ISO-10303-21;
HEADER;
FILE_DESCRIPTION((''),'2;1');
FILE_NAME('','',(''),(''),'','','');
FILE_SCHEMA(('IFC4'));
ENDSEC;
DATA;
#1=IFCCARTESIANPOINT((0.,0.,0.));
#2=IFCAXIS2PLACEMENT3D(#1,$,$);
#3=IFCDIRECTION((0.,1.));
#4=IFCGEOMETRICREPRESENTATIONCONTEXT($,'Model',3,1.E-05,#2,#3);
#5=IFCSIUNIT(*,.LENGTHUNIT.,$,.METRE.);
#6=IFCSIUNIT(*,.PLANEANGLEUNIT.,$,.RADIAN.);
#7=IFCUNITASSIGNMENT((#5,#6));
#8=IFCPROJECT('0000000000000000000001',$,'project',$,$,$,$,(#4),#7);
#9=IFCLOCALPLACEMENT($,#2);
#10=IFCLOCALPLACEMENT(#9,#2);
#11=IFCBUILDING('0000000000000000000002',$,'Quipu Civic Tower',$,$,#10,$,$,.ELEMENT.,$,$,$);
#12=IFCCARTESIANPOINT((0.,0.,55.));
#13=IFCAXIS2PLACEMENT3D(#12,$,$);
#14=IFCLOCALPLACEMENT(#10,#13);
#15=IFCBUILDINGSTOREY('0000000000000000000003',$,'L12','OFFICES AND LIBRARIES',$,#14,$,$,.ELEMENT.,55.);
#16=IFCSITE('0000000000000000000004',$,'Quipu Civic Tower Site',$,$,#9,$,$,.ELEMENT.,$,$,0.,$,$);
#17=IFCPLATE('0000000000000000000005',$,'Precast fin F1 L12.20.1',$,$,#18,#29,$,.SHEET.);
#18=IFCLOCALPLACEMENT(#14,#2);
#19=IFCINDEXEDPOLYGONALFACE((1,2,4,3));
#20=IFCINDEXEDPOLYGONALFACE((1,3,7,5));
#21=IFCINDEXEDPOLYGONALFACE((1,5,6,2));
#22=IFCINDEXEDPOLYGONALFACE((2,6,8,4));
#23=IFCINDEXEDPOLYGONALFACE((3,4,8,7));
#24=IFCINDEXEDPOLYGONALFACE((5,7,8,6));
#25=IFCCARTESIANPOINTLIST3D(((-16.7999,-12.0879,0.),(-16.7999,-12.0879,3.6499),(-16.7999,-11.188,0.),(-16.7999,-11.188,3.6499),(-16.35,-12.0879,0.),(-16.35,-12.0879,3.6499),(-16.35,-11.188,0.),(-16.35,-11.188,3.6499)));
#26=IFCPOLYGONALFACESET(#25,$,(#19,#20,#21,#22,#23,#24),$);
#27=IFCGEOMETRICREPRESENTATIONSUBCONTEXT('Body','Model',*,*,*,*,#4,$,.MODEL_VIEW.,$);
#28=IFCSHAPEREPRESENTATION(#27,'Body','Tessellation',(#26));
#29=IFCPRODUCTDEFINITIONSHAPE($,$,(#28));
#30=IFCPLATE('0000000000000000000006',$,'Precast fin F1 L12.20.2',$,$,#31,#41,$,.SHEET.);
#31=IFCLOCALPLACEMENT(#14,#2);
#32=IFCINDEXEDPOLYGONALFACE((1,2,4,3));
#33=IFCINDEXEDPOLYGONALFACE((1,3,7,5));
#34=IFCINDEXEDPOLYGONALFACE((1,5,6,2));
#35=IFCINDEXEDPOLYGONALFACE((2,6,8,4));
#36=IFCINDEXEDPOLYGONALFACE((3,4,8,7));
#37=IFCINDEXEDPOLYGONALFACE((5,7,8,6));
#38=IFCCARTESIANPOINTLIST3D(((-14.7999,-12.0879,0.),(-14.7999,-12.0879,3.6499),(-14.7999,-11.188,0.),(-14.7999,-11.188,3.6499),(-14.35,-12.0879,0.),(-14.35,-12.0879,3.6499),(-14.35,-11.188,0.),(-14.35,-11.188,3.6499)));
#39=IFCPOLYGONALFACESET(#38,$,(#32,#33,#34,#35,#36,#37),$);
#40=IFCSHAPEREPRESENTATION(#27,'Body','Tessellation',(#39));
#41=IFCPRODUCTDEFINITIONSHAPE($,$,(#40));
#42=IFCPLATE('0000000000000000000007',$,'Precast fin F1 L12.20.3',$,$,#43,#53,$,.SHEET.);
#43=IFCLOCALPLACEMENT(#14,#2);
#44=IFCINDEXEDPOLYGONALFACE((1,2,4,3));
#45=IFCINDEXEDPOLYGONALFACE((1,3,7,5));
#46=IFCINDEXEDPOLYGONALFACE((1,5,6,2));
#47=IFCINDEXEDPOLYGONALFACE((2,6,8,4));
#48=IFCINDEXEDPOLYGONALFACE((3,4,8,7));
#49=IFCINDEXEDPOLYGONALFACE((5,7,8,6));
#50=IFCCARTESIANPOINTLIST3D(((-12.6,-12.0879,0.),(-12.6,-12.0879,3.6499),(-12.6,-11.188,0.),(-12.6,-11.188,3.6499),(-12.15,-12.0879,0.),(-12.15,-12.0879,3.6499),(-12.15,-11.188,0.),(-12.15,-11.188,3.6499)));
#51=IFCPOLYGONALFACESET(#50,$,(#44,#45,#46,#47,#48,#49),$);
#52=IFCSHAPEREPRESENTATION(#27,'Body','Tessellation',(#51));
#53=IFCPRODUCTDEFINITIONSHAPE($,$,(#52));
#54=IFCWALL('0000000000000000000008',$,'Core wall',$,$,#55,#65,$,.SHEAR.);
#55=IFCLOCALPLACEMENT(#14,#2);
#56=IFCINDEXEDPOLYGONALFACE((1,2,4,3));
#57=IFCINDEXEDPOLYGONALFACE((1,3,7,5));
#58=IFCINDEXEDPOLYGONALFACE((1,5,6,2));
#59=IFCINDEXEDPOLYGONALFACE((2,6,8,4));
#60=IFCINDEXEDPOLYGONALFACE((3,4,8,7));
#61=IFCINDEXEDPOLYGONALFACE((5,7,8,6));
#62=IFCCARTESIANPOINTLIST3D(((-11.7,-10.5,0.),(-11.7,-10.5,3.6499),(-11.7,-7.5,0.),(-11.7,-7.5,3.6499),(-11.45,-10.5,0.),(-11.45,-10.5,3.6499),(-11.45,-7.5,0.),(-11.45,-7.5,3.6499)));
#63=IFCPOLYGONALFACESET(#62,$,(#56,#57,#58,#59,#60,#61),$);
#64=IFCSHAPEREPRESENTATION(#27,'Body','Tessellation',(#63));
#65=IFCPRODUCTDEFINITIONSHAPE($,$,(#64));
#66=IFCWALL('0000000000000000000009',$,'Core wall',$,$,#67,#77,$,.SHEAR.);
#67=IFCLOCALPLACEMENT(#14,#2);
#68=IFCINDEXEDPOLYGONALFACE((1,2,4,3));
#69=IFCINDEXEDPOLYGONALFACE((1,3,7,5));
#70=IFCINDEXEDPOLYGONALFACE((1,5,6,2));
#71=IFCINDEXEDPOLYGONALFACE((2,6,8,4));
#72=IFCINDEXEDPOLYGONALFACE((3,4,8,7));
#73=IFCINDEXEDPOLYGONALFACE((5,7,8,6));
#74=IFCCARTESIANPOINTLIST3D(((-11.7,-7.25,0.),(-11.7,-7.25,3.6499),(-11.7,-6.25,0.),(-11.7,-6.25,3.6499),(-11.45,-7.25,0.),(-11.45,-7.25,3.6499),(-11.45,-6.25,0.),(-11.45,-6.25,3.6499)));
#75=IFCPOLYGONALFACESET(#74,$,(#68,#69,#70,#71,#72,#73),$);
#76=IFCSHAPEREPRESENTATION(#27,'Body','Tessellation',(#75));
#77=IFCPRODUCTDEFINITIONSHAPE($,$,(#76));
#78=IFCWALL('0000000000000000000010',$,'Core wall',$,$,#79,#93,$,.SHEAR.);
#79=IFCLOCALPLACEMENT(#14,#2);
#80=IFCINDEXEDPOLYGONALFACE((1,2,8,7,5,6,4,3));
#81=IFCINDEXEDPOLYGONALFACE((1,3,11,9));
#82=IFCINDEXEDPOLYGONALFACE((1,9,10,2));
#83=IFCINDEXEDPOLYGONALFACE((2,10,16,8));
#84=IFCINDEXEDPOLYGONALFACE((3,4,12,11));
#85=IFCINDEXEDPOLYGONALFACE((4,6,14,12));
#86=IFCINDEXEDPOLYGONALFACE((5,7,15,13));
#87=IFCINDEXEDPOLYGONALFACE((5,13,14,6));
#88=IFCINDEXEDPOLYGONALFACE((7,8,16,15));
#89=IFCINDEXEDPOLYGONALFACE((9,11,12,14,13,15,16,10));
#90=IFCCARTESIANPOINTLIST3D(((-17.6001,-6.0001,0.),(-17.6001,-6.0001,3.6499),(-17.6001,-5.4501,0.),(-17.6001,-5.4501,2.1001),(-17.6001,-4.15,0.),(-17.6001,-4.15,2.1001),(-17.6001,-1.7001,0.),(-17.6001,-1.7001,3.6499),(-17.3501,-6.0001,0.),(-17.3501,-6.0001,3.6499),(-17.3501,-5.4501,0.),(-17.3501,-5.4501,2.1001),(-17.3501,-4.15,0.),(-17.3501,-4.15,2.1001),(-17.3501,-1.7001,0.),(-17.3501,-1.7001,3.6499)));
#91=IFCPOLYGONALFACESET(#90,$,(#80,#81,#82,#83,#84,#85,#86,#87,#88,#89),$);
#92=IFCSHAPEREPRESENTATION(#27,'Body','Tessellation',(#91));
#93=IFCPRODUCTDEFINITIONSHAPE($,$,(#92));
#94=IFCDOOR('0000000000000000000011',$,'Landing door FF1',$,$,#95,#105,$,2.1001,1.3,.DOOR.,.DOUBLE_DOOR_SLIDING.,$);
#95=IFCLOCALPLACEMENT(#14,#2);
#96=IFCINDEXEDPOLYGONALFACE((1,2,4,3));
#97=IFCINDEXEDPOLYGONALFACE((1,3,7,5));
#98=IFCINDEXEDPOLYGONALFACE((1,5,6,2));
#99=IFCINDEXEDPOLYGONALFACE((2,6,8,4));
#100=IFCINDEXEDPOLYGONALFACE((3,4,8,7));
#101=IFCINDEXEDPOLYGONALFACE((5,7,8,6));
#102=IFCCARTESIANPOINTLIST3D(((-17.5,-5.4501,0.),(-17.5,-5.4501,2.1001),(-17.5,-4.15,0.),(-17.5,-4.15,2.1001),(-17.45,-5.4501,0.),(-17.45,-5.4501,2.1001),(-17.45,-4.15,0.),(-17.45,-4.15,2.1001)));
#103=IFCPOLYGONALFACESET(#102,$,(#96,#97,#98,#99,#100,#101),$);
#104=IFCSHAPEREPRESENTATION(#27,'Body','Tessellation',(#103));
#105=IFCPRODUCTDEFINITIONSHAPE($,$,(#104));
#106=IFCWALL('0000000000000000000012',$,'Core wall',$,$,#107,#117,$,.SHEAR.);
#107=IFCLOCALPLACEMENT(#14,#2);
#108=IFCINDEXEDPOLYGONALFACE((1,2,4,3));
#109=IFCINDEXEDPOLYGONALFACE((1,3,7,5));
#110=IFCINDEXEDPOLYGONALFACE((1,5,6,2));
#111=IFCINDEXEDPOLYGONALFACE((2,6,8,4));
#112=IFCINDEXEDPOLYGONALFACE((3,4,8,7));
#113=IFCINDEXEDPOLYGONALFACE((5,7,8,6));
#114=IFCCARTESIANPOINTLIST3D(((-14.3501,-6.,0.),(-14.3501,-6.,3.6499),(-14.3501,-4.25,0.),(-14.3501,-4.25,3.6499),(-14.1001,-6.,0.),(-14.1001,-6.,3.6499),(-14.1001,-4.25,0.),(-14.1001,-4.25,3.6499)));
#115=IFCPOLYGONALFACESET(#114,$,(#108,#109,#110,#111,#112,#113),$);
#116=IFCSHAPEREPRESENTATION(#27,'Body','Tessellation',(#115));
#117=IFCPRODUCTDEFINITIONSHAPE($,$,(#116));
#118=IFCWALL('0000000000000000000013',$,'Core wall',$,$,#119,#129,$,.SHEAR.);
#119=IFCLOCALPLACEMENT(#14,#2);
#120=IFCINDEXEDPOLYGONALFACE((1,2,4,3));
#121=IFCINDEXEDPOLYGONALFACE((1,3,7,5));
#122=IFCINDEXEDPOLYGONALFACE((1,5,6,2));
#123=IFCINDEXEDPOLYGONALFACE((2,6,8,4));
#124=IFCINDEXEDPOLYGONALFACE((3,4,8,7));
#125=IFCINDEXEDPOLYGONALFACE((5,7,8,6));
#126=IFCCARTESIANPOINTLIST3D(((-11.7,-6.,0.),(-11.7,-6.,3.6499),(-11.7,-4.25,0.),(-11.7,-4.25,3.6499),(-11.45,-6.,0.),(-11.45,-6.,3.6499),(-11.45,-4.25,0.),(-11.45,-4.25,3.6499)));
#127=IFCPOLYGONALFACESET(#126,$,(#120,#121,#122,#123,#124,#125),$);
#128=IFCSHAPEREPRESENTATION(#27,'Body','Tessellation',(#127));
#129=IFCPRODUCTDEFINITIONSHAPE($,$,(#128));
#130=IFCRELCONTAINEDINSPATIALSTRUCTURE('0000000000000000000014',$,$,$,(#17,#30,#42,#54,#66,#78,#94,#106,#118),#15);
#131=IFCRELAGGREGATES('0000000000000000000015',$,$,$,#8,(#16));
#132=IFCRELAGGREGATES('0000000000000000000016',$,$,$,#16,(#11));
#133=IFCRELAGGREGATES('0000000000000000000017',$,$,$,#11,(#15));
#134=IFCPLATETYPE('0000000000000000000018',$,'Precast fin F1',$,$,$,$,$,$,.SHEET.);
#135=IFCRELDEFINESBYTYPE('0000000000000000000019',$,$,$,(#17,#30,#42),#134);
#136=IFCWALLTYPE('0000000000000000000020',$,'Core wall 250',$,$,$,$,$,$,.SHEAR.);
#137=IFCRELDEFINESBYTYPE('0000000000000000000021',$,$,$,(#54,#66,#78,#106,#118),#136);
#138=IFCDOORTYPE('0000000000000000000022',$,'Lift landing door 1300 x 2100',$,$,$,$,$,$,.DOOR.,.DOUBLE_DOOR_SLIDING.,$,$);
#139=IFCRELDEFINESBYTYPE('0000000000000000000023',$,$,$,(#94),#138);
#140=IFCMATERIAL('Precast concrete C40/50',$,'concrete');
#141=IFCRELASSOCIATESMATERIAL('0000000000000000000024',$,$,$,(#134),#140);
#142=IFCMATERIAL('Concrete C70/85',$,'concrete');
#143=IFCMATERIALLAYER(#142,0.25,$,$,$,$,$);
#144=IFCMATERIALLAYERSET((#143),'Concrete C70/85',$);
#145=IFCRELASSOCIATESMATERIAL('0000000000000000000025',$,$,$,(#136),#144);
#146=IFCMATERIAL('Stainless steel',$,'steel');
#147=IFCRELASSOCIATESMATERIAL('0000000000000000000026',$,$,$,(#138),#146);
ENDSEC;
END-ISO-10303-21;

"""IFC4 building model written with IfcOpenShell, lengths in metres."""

from ifc_helpers import new_model, si_unit, direction, frame, frame_2d, origin, origin_2d, place, context, subcontext, project, spatial, rectangle, extrude, material, layer, layer_set, type_object, element, fill, save


model = new_model("IFC4")

# Units and contexts
model_context = context("Model", 3, precision=1e-05, world=origin(), true_north=direction((0.0, 1.0)))
body_context = subcontext(model_context, "Body", "Model", "MODEL_VIEW")
ifc_project = project(units=[si_unit("LENGTHUNIT", "METRE"), si_unit("PLANEANGLEUNIT", "RADIAN")], contexts=[model_context])

# Site, building, storey
site_placement = place(None, origin())
site = spatial("IfcSite", under=ifc_project, at=site_placement, Name="Quipu Civic Tower Site", CompositionType="ELEMENT", RefElevation=0.0)
building_placement = place(site_placement, origin())
building = spatial("IfcBuilding", under=site, at=building_placement, Name="Quipu Civic Tower", CompositionType="ELEMENT")
storey_placement = place(building_placement, frame((0.0, 0.0, 55.0)))
storey = spatial("IfcBuildingStorey", under=building, at=storey_placement, Name="L12", Description="OFFICES AND LIBRARIES", CompositionType="ELEMENT", Elevation=55.0)

# Plates
ifc_material_1 = material(Name="Precast concrete C40/50", Category="concrete")
plate_type = type_object("IfcPlateType", Name="Precast fin F1", PredefinedType="SHEET", material=ifc_material_1)
for number, where, z_axis, x_axis, name in (
    (1, (-16.575, -11.6379, 0.0), (0.0, 0.0, 1.0), (1.0, 0.0, 0.0), "Precast fin F1 L12.20.1"),
    (2, (-14.575, -11.6379, 0.0), (0.0, 0.0, 1.0), (1.0, 0.0, 0.0), "Precast fin F1 L12.20.2"),
    (3, (-12.375, -11.6379, 0.0), (0.0, 0.0, 1.0), (1.0, 0.0, 0.0), "Precast fin F1 L12.20.3"),
):
    element("IfcPlate", number, at=place(storey_placement, frame(where, z_axis=z_axis, x_axis=x_axis)), inside=storey, type_object=plate_type, Name=name, PredefinedType="SHEET", context=body_context, shape_type="SweptSolid", body=[
        extrude(rectangle(XDim=0.45, YDim=0.8999, at=origin_2d()), origin(), (0.0, 0.0, 1.0), 3.6499),
    ])

# Walls
ifc_material_2 = material(Name="Concrete C70/85", Category="concrete")
ifc_layer = layer(ifc_material_2, 0.25)
ifc_layer_set = layer_set([ifc_layer], Name="Concrete C70/85")
wall_type_1 = type_object("IfcWallType", Name="Core wall 250", PredefinedType="SHEAR", material=ifc_layer_set)
wall_1_placement = place(storey_placement, frame((-11.575, -10.5, 0.0), z_axis=(0.0, 0.0, 1.0), x_axis=(0.0, 1.0, 0.0)))
element("IfcWall", 4, at=wall_1_placement, inside=storey, type_object=wall_type_1, Name="Core wall", PredefinedType="SHEAR", context=body_context, shape_type="SweptSolid", body=[
    extrude(rectangle(XDim=3.0, YDim=0.25, at=frame_2d((1.5, 0.0))), origin(), (0.0, 0.0, 1.0), 3.6499),
])
wall_2_placement = place(storey_placement, frame((-11.575, -7.25, 0.0), z_axis=(0.0, 0.0, 1.0), x_axis=(0.0, 1.0, 0.0)))
element("IfcWall", 5, at=wall_2_placement, inside=storey, type_object=wall_type_1, Name="Core wall", PredefinedType="SHEAR", context=body_context, shape_type="SweptSolid", body=[
    extrude(rectangle(XDim=1.0, YDim=0.25, at=frame_2d((0.5, 0.0))), origin(), (0.0, 0.0, 1.0), 3.6499),
])

# Wall, opening, door
wall_3_placement = place(storey_placement, frame((-17.4751, -6.0, 0.0), z_axis=(0.0, 0.0, 1.0), x_axis=(0.0, 1.0, 0.0)))
wall_3 = element("IfcWall", 6, at=wall_3_placement, inside=storey, type_object=wall_type_1, Name="Core wall", PredefinedType="SHEAR", context=body_context, shape_type="SweptSolid", body=[
    extrude(rectangle(XDim=4.3, YDim=0.25, at=frame_2d((2.1499, 0.0))), origin(), (0.0, 0.0, 1.0), 3.6499),
])
opening_1_placement = place(wall_3_placement, frame((0.55, 0.0, 0.0)))
opening_1 = element("IfcOpeningElement", 7, at=opening_1_placement, cuts=wall_3, PredefinedType="OPENING", context=body_context, shape_type="SweptSolid", body=[
    extrude(rectangle(XDim=1.3, YDim=2.1001, at=frame_2d((0.6499, 1.05))), frame((0.0, 0.135, 0.0), z_axis=(0.0, -1.0, 0.0), x_axis=(1.0, 0.0, 0.0)), (0.0, 0.0, 1.0), 0.27),
])
ifc_material_3 = material(Name="Stainless steel", Category="steel")
door_type_1 = type_object("IfcDoorType", Name="Lift landing door 1300 x 2100", OperationType="DOUBLE_DOOR_SLIDING", PredefinedType="DOOR", material=ifc_material_3)
door_1_placement = place(opening_1_placement, origin())
door_1 = element("IfcDoor", 8, at=door_1_placement, inside=storey, type_object=door_type_1, Name="Landing door FF1", OperationType="DOUBLE_DOOR_SLIDING", OverallHeight=2.1001, OverallWidth=1.3, PredefinedType="DOOR", context=body_context, shape_type="SweptSolid", body=[
    extrude(rectangle(XDim=1.3, YDim=2.1001, at=frame_2d((0.6499, 1.05))), frame((0.0, 0.0249, 0.0), z_axis=(0.0, -1.0, 0.0), x_axis=(1.0, 0.0, 0.0)), (0.0, 0.0, 1.0), 0.05),
])
fill(opening_1, door_1)

# Walls
for number, where, z_axis, x_axis, name in (
    (9, (-14.2251, -6.0, 0.0), (0.0, 0.0, 1.0), (0.0, 1.0, 0.0), "Core wall"),
    (10, (-11.575, -6.0, 0.0), (0.0, 0.0, 1.0), (0.0, 1.0, 0.0), "Core wall"),
):
    element("IfcWall", number, at=place(storey_placement, frame(where, z_axis=z_axis, x_axis=x_axis)), inside=storey, type_object=wall_type_1, Name=name, PredefinedType="SHEAR", context=body_context, shape_type="SweptSolid", body=[
        extrude(rectangle(XDim=1.75, YDim=0.25, at=frame_2d((0.875, 0.0))), origin(), (0.0, 0.0, 1.0), 3.6499),
    ])

save(model, "model.ifc")
